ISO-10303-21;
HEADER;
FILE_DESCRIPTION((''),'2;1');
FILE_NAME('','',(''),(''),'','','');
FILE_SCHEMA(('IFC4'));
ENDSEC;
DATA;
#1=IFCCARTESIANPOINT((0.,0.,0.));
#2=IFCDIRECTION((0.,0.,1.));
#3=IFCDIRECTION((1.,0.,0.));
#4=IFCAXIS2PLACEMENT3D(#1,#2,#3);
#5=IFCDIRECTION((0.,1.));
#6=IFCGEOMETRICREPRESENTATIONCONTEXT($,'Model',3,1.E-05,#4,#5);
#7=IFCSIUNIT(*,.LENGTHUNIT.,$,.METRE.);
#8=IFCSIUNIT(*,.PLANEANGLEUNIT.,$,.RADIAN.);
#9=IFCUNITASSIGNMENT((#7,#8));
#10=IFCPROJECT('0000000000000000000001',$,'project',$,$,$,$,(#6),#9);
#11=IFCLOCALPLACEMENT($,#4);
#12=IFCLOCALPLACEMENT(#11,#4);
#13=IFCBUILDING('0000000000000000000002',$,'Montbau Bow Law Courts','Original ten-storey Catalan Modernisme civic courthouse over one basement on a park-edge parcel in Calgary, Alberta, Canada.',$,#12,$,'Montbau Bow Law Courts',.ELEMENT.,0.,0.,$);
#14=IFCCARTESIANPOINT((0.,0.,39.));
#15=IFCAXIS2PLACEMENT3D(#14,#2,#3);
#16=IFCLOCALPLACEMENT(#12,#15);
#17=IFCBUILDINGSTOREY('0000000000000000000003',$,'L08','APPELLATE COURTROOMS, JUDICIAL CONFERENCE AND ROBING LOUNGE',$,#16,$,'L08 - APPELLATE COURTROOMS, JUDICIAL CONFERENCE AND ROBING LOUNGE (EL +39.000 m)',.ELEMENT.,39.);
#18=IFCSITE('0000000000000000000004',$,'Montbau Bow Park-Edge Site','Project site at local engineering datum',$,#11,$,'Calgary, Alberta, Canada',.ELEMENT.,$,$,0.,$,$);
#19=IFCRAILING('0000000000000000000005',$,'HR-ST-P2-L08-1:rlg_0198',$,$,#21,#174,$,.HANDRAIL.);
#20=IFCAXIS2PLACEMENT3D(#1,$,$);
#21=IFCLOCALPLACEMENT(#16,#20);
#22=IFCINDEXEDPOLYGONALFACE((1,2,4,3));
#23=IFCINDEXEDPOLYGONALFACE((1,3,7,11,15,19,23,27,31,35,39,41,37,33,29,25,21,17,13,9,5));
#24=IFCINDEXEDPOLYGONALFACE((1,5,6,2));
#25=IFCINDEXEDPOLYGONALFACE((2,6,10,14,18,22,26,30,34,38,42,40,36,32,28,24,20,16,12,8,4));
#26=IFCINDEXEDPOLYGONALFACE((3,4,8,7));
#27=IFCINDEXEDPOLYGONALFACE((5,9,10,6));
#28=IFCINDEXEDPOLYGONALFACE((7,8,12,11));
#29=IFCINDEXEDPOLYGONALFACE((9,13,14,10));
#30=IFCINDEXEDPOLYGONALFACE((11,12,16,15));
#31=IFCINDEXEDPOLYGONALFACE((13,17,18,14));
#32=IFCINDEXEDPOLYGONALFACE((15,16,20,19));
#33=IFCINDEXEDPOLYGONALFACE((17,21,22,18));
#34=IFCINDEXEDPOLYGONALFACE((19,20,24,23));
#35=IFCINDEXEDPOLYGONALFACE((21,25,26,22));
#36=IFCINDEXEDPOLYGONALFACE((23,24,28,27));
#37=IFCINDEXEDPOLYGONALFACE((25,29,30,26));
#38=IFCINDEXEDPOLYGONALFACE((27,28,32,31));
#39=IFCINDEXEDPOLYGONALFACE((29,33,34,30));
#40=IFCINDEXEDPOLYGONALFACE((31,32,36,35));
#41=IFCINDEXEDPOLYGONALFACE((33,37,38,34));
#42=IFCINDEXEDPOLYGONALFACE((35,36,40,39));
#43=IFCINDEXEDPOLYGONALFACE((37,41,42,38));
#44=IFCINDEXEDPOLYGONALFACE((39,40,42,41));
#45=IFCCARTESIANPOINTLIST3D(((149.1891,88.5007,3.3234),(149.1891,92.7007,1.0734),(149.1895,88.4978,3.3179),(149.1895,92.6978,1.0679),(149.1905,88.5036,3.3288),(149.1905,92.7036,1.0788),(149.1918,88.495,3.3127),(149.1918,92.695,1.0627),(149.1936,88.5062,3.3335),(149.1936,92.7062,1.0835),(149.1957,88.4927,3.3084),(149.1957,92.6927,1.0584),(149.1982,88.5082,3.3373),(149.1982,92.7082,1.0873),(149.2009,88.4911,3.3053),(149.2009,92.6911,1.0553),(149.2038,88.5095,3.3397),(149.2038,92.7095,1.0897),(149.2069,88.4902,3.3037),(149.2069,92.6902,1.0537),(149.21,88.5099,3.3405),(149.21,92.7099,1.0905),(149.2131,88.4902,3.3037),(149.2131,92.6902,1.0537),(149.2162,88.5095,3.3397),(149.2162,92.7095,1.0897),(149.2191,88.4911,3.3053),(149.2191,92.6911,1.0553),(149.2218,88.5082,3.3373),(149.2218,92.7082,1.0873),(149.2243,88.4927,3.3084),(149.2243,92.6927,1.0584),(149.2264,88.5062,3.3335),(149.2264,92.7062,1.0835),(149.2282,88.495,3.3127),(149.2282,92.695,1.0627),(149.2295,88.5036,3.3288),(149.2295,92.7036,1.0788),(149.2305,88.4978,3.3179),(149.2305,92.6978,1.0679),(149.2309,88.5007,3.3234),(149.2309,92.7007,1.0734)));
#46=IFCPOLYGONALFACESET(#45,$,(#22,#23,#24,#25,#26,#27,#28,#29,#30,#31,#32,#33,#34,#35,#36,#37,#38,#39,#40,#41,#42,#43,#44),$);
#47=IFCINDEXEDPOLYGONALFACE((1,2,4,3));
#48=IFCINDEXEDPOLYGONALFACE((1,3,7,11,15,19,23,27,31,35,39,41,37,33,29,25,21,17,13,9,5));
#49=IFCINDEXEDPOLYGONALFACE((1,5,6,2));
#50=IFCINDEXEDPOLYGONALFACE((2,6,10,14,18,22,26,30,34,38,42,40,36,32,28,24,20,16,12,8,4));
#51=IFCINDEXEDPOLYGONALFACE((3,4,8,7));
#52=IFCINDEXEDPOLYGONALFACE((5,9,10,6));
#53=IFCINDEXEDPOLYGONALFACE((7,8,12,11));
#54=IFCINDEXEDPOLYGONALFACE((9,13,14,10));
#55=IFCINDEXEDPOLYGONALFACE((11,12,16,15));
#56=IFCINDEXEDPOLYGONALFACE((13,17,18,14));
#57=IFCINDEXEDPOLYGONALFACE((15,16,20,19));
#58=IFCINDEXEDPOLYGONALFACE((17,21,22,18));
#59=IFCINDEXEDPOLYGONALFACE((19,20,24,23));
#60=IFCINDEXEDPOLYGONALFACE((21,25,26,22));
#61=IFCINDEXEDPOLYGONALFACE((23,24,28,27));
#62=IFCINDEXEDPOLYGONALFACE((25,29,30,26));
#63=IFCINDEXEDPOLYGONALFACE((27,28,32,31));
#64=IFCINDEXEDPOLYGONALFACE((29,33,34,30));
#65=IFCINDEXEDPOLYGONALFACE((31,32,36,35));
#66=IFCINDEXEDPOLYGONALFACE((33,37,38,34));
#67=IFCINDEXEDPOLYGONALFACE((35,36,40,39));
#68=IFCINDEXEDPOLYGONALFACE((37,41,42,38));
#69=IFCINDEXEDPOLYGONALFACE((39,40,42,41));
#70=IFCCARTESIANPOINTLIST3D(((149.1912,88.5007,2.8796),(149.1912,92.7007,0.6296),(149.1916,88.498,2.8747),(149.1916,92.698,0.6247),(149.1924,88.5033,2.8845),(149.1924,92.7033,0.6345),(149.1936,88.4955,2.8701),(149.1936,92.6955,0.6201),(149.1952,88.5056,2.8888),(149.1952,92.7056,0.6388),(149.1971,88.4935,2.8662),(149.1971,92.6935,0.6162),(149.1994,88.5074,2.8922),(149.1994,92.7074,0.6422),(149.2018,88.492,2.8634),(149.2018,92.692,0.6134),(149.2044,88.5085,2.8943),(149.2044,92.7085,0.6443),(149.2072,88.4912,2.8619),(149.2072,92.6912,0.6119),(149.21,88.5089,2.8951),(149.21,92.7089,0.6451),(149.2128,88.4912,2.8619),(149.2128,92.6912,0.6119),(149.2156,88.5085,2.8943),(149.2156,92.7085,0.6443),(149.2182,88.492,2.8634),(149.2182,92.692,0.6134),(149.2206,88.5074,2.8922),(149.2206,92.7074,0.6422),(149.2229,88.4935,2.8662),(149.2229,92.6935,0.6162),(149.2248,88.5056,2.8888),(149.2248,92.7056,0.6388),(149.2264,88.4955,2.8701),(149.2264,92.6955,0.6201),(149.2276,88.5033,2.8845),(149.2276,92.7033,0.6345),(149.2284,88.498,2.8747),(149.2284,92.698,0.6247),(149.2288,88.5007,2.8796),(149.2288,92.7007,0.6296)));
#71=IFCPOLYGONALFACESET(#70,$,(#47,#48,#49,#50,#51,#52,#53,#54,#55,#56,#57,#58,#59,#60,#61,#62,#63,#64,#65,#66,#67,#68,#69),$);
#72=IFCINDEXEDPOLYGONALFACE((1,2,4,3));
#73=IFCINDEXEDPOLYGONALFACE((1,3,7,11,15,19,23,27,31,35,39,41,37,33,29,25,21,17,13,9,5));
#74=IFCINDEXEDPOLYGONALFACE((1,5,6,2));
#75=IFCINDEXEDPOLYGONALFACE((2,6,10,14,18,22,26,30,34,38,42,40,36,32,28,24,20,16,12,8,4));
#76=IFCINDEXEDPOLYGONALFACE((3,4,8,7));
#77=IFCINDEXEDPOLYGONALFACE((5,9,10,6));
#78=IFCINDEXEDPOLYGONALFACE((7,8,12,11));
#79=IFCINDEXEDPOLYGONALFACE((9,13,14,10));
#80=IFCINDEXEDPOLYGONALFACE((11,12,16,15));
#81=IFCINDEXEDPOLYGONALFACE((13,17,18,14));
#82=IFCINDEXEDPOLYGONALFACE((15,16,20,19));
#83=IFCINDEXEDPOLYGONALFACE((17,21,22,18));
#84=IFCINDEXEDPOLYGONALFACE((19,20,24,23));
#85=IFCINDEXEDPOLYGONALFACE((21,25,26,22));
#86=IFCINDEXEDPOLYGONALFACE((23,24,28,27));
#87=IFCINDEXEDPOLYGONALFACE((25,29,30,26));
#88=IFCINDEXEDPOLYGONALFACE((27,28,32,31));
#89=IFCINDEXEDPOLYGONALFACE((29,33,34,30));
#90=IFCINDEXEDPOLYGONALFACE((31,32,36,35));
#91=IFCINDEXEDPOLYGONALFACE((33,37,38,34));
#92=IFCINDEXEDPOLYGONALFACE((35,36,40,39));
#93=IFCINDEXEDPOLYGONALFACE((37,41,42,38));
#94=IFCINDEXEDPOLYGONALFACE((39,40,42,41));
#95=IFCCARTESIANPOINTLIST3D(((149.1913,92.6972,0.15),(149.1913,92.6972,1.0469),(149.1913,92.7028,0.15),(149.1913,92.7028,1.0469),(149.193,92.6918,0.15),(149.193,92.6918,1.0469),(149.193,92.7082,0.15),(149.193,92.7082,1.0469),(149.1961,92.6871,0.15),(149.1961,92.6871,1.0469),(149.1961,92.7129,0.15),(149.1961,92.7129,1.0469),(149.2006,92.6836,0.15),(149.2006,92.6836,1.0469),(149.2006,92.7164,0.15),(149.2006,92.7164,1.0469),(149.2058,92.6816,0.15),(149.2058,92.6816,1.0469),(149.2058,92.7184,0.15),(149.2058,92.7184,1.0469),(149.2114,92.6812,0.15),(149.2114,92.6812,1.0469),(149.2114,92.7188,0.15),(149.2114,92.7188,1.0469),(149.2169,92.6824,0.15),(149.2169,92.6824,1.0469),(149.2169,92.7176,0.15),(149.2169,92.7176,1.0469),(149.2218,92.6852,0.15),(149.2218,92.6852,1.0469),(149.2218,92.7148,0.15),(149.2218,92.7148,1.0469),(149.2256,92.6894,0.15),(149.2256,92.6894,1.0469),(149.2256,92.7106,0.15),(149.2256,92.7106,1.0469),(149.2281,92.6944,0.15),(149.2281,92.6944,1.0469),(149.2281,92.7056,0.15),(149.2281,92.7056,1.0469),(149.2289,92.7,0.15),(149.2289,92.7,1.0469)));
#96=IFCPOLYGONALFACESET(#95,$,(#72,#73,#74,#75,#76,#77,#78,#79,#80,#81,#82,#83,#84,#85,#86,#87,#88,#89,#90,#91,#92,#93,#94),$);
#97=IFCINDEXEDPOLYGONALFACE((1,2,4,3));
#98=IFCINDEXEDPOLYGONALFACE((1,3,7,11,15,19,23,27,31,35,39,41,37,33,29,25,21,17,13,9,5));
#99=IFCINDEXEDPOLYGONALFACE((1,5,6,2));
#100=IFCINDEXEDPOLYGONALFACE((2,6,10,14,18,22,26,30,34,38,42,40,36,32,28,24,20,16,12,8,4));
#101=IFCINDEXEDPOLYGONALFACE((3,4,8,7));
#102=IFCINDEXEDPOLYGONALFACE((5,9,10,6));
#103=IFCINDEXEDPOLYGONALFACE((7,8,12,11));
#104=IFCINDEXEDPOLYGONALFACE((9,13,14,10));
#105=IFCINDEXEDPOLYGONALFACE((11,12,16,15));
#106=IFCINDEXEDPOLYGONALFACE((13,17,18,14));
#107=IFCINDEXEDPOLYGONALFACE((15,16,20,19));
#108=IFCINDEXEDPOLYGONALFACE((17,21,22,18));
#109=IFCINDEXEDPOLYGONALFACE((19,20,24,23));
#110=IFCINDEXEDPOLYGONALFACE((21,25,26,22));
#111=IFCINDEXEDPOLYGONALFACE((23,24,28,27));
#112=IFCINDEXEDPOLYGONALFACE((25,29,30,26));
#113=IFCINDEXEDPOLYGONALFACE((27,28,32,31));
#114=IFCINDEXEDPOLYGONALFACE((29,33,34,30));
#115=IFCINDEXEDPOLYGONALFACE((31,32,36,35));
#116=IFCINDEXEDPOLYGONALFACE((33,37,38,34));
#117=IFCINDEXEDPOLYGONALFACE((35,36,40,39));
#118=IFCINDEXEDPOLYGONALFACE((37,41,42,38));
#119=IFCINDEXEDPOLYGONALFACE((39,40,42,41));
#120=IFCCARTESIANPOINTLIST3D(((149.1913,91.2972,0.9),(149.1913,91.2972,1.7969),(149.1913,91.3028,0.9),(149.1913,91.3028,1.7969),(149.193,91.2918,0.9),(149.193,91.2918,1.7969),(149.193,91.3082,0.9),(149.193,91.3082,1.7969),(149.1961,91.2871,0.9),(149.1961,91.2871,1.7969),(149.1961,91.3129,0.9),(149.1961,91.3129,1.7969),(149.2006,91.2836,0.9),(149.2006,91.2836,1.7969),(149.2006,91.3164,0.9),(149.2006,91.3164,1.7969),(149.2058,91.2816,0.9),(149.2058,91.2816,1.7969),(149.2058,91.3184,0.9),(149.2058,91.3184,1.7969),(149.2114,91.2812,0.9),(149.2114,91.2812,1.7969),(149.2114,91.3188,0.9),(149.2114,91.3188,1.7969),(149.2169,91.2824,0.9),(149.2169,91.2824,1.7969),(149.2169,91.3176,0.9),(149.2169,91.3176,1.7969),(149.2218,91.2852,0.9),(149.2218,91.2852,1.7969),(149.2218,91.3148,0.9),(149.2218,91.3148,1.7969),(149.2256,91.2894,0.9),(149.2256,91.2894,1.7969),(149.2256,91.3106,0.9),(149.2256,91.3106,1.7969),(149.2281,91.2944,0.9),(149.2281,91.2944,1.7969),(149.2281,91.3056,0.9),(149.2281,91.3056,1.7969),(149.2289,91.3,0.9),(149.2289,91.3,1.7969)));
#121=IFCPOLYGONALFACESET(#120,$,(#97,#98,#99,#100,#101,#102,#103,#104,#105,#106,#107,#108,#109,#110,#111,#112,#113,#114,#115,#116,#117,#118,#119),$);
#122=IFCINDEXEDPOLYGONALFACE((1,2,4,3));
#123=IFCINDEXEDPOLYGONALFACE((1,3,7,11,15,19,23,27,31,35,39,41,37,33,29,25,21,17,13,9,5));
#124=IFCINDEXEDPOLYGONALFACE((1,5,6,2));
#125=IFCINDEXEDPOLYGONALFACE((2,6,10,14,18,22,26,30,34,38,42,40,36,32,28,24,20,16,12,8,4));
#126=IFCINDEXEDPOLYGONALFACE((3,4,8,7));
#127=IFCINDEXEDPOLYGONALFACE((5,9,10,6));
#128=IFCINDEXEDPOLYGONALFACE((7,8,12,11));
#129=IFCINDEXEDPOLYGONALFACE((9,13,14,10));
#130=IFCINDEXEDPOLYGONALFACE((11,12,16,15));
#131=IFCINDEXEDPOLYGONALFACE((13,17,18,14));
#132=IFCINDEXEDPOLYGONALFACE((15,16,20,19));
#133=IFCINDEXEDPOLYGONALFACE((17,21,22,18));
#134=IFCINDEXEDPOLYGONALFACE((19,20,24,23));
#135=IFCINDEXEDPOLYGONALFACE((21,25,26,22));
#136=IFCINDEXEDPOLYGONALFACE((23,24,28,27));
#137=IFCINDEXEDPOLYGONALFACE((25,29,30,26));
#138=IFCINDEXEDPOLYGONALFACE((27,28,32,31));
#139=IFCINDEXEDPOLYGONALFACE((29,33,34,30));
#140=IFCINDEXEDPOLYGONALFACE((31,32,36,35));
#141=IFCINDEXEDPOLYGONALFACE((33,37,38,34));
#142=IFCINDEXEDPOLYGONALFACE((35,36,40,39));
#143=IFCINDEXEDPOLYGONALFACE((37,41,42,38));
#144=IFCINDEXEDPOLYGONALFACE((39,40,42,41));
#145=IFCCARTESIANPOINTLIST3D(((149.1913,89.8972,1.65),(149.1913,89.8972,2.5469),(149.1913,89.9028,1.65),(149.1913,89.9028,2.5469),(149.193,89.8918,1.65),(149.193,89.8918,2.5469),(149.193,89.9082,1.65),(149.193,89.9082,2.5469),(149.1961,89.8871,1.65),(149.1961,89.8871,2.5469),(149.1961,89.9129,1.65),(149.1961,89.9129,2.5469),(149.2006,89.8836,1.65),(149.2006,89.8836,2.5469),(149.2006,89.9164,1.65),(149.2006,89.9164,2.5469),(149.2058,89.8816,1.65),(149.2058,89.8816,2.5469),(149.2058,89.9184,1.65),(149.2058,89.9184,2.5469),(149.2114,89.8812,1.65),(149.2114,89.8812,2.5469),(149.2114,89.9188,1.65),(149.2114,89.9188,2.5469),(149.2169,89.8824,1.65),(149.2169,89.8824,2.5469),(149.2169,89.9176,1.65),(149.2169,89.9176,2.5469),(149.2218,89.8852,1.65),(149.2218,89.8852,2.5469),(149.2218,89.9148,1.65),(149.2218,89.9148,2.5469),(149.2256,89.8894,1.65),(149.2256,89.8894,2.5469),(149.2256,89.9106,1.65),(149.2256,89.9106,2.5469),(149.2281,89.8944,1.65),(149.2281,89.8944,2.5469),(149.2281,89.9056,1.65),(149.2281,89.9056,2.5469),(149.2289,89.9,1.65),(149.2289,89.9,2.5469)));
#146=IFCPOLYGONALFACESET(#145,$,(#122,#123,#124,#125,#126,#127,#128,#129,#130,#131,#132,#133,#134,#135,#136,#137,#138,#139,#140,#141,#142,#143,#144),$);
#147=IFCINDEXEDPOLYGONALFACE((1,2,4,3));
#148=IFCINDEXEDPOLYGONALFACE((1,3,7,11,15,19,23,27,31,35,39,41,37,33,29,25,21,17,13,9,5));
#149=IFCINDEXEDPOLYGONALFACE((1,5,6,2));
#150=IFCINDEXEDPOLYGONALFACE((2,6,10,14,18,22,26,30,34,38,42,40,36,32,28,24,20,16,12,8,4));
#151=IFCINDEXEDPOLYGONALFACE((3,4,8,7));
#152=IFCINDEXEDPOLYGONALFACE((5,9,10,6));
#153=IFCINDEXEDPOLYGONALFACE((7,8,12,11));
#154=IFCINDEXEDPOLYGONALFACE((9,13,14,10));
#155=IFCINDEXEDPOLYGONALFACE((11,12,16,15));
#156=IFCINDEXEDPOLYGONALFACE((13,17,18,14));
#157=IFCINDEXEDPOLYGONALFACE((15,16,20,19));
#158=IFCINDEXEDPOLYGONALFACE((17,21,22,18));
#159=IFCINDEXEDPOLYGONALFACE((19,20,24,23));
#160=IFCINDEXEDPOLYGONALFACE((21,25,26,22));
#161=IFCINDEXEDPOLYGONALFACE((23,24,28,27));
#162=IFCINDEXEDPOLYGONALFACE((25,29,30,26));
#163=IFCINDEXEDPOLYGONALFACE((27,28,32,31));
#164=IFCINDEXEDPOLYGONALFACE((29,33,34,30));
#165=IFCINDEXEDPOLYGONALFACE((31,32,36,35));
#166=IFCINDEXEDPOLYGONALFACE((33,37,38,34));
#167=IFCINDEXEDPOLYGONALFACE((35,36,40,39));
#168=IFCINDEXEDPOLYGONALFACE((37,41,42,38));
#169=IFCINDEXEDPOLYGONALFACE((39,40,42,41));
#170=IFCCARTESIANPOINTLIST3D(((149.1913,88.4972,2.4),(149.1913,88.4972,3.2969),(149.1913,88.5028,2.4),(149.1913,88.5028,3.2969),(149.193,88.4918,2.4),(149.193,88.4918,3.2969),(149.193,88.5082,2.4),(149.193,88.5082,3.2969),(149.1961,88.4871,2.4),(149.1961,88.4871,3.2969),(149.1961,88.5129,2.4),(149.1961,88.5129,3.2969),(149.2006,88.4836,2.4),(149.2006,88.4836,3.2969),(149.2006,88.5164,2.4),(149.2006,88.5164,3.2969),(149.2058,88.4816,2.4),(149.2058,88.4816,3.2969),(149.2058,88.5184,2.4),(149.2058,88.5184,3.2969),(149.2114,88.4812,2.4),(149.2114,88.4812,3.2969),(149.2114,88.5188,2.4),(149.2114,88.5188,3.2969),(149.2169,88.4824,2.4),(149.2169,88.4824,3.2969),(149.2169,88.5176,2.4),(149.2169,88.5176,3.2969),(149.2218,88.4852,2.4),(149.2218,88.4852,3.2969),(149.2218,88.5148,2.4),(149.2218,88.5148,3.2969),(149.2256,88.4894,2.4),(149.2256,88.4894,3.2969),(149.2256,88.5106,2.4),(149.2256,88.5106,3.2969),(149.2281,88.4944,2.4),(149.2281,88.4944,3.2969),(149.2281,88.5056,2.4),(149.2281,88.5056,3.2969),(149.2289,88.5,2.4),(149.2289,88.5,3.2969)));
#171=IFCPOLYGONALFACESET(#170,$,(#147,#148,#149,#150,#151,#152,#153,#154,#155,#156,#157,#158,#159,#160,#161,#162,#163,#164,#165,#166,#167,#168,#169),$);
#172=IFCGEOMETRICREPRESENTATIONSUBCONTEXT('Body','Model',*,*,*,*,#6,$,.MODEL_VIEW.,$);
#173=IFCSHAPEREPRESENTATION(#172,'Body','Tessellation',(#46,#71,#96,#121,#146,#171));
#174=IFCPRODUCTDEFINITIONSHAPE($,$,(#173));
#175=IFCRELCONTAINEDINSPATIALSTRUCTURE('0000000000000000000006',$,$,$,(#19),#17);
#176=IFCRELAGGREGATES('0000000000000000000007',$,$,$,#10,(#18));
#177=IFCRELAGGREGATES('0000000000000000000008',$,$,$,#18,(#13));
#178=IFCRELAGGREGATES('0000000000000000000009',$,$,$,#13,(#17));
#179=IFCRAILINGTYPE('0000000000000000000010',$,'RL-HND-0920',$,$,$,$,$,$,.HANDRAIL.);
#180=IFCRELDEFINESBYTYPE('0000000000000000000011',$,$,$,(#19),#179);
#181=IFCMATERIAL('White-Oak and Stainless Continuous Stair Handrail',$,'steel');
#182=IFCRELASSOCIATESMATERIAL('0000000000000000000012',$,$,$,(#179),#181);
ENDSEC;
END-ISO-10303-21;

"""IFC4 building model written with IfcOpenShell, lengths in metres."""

from ifc_helpers import new_model, si_unit, direction, frame, origin_with_axes, origin_2d_with_axis, place, context, subcontext, project, spatial, circle, extrude, material, type_object, element, save


model = new_model("IFC4")

# Units and contexts
model_context = context("Model", 3, precision=1e-05, world=origin_with_axes(), true_north=direction((0.0, 1.0)))
body_context = subcontext(model_context, "Body", "Model", "MODEL_VIEW")
ifc_project = project(units=[si_unit("LENGTHUNIT", "METRE"), si_unit("PLANEANGLEUNIT", "RADIAN")], contexts=[model_context])

# Site, building, storey
site_placement = place(None, origin_with_axes())
site = spatial("IfcSite", under=ifc_project, at=site_placement, Name="Montbau Bow Park-Edge Site", Description="Project site at local engineering datum", LongName="Calgary, Alberta, Canada", CompositionType="ELEMENT", RefElevation=0.0)
building_placement = place(site_placement, origin_with_axes())
building = spatial("IfcBuilding", under=site, at=building_placement, Name="Montbau Bow Law Courts", Description="Original ten-storey Catalan Modernisme civic courthouse over one basement on a park-edge parcel in Calgary, Alberta, Canada.", LongName="Montbau Bow Law Courts", CompositionType="ELEMENT", ElevationOfRefHeight=0.0, ElevationOfTerrain=0.0)
storey_placement = place(building_placement, frame((0.0, 0.0, 39.0), z_axis=(0.0, 0.0, 1.0), x_axis=(1.0, 0.0, 0.0)))
storey = spatial("IfcBuildingStorey", under=building, at=storey_placement, Name="L08", Description="APPELLATE COURTROOMS, JUDICIAL CONFERENCE AND ROBING LOUNGE", LongName="L08 - APPELLATE COURTROOMS, JUDICIAL CONFERENCE AND ROBING LOUNGE (EL +39.000 m)", CompositionType="ELEMENT", Elevation=39.0)

# Railing
ifc_material_1 = material(Name="White-Oak and Stainless Continuous Stair Handrail", Category="steel")
railing_type_1 = type_object("IfcRailingType", Name="RL-HND-0920", PredefinedType="HANDRAIL", material=ifc_material_1)
railing_1_placement = place(None, origin_with_axes())
element("IfcRailing", 1, at=railing_1_placement, inside=storey, type_object=railing_type_1, Name="HR-ST-P2-L08-1:rlg_0198", PredefinedType="HANDRAIL", context=body_context, shape_type="SweptSolid", body=[
    extrude(circle(Radius=0.021, at=origin_2d_with_axis()), frame((149.21, 92.7, 40.072), z_axis=(0.0, -0.88148, 0.472221), x_axis=(0.0, 0.472221, 0.88148)), (0.0, 0.0, 1.0), 4.7647),
    extrude(circle(Radius=0.0189, at=origin_2d_with_axis()), frame((149.21, 92.7, 39.6284), z_axis=(0.0, -0.88148, 0.472221), x_axis=(0.0, 0.472221, 0.88148)), (0.0, 0.0, 1.0), 4.7647),
    extrude(circle(Radius=0.0189, at=origin_2d_with_axis()), frame((149.21, 92.7, 39.15), z_axis=(0.0, 0.0, 1.0), x_axis=(1.0, 0.0, 0.0)), (0.0, 0.0, 1.0), 0.8969),
    extrude(circle(Radius=0.0189, at=origin_2d_with_axis()), frame((149.21, 91.3, 39.9), z_axis=(0.0, 0.0, 1.0), x_axis=(1.0, 0.0, 0.0)), (0.0, 0.0, 1.0), 0.8969),
    extrude(circle(Radius=0.0189, at=origin_2d_with_axis()), frame((149.21, 89.9, 40.65), z_axis=(0.0, 0.0, 1.0), x_axis=(1.0, 0.0, 0.0)), (0.0, 0.0, 1.0), 0.8969),
    extrude(circle(Radius=0.0189, at=origin_2d_with_axis()), frame((149.21, 88.5, 41.4), z_axis=(0.0, 0.0, 1.0), x_axis=(1.0, 0.0, 0.0)), (0.0, 0.0, 1.0), 0.8969),
])

save(model, "model.ifc")
